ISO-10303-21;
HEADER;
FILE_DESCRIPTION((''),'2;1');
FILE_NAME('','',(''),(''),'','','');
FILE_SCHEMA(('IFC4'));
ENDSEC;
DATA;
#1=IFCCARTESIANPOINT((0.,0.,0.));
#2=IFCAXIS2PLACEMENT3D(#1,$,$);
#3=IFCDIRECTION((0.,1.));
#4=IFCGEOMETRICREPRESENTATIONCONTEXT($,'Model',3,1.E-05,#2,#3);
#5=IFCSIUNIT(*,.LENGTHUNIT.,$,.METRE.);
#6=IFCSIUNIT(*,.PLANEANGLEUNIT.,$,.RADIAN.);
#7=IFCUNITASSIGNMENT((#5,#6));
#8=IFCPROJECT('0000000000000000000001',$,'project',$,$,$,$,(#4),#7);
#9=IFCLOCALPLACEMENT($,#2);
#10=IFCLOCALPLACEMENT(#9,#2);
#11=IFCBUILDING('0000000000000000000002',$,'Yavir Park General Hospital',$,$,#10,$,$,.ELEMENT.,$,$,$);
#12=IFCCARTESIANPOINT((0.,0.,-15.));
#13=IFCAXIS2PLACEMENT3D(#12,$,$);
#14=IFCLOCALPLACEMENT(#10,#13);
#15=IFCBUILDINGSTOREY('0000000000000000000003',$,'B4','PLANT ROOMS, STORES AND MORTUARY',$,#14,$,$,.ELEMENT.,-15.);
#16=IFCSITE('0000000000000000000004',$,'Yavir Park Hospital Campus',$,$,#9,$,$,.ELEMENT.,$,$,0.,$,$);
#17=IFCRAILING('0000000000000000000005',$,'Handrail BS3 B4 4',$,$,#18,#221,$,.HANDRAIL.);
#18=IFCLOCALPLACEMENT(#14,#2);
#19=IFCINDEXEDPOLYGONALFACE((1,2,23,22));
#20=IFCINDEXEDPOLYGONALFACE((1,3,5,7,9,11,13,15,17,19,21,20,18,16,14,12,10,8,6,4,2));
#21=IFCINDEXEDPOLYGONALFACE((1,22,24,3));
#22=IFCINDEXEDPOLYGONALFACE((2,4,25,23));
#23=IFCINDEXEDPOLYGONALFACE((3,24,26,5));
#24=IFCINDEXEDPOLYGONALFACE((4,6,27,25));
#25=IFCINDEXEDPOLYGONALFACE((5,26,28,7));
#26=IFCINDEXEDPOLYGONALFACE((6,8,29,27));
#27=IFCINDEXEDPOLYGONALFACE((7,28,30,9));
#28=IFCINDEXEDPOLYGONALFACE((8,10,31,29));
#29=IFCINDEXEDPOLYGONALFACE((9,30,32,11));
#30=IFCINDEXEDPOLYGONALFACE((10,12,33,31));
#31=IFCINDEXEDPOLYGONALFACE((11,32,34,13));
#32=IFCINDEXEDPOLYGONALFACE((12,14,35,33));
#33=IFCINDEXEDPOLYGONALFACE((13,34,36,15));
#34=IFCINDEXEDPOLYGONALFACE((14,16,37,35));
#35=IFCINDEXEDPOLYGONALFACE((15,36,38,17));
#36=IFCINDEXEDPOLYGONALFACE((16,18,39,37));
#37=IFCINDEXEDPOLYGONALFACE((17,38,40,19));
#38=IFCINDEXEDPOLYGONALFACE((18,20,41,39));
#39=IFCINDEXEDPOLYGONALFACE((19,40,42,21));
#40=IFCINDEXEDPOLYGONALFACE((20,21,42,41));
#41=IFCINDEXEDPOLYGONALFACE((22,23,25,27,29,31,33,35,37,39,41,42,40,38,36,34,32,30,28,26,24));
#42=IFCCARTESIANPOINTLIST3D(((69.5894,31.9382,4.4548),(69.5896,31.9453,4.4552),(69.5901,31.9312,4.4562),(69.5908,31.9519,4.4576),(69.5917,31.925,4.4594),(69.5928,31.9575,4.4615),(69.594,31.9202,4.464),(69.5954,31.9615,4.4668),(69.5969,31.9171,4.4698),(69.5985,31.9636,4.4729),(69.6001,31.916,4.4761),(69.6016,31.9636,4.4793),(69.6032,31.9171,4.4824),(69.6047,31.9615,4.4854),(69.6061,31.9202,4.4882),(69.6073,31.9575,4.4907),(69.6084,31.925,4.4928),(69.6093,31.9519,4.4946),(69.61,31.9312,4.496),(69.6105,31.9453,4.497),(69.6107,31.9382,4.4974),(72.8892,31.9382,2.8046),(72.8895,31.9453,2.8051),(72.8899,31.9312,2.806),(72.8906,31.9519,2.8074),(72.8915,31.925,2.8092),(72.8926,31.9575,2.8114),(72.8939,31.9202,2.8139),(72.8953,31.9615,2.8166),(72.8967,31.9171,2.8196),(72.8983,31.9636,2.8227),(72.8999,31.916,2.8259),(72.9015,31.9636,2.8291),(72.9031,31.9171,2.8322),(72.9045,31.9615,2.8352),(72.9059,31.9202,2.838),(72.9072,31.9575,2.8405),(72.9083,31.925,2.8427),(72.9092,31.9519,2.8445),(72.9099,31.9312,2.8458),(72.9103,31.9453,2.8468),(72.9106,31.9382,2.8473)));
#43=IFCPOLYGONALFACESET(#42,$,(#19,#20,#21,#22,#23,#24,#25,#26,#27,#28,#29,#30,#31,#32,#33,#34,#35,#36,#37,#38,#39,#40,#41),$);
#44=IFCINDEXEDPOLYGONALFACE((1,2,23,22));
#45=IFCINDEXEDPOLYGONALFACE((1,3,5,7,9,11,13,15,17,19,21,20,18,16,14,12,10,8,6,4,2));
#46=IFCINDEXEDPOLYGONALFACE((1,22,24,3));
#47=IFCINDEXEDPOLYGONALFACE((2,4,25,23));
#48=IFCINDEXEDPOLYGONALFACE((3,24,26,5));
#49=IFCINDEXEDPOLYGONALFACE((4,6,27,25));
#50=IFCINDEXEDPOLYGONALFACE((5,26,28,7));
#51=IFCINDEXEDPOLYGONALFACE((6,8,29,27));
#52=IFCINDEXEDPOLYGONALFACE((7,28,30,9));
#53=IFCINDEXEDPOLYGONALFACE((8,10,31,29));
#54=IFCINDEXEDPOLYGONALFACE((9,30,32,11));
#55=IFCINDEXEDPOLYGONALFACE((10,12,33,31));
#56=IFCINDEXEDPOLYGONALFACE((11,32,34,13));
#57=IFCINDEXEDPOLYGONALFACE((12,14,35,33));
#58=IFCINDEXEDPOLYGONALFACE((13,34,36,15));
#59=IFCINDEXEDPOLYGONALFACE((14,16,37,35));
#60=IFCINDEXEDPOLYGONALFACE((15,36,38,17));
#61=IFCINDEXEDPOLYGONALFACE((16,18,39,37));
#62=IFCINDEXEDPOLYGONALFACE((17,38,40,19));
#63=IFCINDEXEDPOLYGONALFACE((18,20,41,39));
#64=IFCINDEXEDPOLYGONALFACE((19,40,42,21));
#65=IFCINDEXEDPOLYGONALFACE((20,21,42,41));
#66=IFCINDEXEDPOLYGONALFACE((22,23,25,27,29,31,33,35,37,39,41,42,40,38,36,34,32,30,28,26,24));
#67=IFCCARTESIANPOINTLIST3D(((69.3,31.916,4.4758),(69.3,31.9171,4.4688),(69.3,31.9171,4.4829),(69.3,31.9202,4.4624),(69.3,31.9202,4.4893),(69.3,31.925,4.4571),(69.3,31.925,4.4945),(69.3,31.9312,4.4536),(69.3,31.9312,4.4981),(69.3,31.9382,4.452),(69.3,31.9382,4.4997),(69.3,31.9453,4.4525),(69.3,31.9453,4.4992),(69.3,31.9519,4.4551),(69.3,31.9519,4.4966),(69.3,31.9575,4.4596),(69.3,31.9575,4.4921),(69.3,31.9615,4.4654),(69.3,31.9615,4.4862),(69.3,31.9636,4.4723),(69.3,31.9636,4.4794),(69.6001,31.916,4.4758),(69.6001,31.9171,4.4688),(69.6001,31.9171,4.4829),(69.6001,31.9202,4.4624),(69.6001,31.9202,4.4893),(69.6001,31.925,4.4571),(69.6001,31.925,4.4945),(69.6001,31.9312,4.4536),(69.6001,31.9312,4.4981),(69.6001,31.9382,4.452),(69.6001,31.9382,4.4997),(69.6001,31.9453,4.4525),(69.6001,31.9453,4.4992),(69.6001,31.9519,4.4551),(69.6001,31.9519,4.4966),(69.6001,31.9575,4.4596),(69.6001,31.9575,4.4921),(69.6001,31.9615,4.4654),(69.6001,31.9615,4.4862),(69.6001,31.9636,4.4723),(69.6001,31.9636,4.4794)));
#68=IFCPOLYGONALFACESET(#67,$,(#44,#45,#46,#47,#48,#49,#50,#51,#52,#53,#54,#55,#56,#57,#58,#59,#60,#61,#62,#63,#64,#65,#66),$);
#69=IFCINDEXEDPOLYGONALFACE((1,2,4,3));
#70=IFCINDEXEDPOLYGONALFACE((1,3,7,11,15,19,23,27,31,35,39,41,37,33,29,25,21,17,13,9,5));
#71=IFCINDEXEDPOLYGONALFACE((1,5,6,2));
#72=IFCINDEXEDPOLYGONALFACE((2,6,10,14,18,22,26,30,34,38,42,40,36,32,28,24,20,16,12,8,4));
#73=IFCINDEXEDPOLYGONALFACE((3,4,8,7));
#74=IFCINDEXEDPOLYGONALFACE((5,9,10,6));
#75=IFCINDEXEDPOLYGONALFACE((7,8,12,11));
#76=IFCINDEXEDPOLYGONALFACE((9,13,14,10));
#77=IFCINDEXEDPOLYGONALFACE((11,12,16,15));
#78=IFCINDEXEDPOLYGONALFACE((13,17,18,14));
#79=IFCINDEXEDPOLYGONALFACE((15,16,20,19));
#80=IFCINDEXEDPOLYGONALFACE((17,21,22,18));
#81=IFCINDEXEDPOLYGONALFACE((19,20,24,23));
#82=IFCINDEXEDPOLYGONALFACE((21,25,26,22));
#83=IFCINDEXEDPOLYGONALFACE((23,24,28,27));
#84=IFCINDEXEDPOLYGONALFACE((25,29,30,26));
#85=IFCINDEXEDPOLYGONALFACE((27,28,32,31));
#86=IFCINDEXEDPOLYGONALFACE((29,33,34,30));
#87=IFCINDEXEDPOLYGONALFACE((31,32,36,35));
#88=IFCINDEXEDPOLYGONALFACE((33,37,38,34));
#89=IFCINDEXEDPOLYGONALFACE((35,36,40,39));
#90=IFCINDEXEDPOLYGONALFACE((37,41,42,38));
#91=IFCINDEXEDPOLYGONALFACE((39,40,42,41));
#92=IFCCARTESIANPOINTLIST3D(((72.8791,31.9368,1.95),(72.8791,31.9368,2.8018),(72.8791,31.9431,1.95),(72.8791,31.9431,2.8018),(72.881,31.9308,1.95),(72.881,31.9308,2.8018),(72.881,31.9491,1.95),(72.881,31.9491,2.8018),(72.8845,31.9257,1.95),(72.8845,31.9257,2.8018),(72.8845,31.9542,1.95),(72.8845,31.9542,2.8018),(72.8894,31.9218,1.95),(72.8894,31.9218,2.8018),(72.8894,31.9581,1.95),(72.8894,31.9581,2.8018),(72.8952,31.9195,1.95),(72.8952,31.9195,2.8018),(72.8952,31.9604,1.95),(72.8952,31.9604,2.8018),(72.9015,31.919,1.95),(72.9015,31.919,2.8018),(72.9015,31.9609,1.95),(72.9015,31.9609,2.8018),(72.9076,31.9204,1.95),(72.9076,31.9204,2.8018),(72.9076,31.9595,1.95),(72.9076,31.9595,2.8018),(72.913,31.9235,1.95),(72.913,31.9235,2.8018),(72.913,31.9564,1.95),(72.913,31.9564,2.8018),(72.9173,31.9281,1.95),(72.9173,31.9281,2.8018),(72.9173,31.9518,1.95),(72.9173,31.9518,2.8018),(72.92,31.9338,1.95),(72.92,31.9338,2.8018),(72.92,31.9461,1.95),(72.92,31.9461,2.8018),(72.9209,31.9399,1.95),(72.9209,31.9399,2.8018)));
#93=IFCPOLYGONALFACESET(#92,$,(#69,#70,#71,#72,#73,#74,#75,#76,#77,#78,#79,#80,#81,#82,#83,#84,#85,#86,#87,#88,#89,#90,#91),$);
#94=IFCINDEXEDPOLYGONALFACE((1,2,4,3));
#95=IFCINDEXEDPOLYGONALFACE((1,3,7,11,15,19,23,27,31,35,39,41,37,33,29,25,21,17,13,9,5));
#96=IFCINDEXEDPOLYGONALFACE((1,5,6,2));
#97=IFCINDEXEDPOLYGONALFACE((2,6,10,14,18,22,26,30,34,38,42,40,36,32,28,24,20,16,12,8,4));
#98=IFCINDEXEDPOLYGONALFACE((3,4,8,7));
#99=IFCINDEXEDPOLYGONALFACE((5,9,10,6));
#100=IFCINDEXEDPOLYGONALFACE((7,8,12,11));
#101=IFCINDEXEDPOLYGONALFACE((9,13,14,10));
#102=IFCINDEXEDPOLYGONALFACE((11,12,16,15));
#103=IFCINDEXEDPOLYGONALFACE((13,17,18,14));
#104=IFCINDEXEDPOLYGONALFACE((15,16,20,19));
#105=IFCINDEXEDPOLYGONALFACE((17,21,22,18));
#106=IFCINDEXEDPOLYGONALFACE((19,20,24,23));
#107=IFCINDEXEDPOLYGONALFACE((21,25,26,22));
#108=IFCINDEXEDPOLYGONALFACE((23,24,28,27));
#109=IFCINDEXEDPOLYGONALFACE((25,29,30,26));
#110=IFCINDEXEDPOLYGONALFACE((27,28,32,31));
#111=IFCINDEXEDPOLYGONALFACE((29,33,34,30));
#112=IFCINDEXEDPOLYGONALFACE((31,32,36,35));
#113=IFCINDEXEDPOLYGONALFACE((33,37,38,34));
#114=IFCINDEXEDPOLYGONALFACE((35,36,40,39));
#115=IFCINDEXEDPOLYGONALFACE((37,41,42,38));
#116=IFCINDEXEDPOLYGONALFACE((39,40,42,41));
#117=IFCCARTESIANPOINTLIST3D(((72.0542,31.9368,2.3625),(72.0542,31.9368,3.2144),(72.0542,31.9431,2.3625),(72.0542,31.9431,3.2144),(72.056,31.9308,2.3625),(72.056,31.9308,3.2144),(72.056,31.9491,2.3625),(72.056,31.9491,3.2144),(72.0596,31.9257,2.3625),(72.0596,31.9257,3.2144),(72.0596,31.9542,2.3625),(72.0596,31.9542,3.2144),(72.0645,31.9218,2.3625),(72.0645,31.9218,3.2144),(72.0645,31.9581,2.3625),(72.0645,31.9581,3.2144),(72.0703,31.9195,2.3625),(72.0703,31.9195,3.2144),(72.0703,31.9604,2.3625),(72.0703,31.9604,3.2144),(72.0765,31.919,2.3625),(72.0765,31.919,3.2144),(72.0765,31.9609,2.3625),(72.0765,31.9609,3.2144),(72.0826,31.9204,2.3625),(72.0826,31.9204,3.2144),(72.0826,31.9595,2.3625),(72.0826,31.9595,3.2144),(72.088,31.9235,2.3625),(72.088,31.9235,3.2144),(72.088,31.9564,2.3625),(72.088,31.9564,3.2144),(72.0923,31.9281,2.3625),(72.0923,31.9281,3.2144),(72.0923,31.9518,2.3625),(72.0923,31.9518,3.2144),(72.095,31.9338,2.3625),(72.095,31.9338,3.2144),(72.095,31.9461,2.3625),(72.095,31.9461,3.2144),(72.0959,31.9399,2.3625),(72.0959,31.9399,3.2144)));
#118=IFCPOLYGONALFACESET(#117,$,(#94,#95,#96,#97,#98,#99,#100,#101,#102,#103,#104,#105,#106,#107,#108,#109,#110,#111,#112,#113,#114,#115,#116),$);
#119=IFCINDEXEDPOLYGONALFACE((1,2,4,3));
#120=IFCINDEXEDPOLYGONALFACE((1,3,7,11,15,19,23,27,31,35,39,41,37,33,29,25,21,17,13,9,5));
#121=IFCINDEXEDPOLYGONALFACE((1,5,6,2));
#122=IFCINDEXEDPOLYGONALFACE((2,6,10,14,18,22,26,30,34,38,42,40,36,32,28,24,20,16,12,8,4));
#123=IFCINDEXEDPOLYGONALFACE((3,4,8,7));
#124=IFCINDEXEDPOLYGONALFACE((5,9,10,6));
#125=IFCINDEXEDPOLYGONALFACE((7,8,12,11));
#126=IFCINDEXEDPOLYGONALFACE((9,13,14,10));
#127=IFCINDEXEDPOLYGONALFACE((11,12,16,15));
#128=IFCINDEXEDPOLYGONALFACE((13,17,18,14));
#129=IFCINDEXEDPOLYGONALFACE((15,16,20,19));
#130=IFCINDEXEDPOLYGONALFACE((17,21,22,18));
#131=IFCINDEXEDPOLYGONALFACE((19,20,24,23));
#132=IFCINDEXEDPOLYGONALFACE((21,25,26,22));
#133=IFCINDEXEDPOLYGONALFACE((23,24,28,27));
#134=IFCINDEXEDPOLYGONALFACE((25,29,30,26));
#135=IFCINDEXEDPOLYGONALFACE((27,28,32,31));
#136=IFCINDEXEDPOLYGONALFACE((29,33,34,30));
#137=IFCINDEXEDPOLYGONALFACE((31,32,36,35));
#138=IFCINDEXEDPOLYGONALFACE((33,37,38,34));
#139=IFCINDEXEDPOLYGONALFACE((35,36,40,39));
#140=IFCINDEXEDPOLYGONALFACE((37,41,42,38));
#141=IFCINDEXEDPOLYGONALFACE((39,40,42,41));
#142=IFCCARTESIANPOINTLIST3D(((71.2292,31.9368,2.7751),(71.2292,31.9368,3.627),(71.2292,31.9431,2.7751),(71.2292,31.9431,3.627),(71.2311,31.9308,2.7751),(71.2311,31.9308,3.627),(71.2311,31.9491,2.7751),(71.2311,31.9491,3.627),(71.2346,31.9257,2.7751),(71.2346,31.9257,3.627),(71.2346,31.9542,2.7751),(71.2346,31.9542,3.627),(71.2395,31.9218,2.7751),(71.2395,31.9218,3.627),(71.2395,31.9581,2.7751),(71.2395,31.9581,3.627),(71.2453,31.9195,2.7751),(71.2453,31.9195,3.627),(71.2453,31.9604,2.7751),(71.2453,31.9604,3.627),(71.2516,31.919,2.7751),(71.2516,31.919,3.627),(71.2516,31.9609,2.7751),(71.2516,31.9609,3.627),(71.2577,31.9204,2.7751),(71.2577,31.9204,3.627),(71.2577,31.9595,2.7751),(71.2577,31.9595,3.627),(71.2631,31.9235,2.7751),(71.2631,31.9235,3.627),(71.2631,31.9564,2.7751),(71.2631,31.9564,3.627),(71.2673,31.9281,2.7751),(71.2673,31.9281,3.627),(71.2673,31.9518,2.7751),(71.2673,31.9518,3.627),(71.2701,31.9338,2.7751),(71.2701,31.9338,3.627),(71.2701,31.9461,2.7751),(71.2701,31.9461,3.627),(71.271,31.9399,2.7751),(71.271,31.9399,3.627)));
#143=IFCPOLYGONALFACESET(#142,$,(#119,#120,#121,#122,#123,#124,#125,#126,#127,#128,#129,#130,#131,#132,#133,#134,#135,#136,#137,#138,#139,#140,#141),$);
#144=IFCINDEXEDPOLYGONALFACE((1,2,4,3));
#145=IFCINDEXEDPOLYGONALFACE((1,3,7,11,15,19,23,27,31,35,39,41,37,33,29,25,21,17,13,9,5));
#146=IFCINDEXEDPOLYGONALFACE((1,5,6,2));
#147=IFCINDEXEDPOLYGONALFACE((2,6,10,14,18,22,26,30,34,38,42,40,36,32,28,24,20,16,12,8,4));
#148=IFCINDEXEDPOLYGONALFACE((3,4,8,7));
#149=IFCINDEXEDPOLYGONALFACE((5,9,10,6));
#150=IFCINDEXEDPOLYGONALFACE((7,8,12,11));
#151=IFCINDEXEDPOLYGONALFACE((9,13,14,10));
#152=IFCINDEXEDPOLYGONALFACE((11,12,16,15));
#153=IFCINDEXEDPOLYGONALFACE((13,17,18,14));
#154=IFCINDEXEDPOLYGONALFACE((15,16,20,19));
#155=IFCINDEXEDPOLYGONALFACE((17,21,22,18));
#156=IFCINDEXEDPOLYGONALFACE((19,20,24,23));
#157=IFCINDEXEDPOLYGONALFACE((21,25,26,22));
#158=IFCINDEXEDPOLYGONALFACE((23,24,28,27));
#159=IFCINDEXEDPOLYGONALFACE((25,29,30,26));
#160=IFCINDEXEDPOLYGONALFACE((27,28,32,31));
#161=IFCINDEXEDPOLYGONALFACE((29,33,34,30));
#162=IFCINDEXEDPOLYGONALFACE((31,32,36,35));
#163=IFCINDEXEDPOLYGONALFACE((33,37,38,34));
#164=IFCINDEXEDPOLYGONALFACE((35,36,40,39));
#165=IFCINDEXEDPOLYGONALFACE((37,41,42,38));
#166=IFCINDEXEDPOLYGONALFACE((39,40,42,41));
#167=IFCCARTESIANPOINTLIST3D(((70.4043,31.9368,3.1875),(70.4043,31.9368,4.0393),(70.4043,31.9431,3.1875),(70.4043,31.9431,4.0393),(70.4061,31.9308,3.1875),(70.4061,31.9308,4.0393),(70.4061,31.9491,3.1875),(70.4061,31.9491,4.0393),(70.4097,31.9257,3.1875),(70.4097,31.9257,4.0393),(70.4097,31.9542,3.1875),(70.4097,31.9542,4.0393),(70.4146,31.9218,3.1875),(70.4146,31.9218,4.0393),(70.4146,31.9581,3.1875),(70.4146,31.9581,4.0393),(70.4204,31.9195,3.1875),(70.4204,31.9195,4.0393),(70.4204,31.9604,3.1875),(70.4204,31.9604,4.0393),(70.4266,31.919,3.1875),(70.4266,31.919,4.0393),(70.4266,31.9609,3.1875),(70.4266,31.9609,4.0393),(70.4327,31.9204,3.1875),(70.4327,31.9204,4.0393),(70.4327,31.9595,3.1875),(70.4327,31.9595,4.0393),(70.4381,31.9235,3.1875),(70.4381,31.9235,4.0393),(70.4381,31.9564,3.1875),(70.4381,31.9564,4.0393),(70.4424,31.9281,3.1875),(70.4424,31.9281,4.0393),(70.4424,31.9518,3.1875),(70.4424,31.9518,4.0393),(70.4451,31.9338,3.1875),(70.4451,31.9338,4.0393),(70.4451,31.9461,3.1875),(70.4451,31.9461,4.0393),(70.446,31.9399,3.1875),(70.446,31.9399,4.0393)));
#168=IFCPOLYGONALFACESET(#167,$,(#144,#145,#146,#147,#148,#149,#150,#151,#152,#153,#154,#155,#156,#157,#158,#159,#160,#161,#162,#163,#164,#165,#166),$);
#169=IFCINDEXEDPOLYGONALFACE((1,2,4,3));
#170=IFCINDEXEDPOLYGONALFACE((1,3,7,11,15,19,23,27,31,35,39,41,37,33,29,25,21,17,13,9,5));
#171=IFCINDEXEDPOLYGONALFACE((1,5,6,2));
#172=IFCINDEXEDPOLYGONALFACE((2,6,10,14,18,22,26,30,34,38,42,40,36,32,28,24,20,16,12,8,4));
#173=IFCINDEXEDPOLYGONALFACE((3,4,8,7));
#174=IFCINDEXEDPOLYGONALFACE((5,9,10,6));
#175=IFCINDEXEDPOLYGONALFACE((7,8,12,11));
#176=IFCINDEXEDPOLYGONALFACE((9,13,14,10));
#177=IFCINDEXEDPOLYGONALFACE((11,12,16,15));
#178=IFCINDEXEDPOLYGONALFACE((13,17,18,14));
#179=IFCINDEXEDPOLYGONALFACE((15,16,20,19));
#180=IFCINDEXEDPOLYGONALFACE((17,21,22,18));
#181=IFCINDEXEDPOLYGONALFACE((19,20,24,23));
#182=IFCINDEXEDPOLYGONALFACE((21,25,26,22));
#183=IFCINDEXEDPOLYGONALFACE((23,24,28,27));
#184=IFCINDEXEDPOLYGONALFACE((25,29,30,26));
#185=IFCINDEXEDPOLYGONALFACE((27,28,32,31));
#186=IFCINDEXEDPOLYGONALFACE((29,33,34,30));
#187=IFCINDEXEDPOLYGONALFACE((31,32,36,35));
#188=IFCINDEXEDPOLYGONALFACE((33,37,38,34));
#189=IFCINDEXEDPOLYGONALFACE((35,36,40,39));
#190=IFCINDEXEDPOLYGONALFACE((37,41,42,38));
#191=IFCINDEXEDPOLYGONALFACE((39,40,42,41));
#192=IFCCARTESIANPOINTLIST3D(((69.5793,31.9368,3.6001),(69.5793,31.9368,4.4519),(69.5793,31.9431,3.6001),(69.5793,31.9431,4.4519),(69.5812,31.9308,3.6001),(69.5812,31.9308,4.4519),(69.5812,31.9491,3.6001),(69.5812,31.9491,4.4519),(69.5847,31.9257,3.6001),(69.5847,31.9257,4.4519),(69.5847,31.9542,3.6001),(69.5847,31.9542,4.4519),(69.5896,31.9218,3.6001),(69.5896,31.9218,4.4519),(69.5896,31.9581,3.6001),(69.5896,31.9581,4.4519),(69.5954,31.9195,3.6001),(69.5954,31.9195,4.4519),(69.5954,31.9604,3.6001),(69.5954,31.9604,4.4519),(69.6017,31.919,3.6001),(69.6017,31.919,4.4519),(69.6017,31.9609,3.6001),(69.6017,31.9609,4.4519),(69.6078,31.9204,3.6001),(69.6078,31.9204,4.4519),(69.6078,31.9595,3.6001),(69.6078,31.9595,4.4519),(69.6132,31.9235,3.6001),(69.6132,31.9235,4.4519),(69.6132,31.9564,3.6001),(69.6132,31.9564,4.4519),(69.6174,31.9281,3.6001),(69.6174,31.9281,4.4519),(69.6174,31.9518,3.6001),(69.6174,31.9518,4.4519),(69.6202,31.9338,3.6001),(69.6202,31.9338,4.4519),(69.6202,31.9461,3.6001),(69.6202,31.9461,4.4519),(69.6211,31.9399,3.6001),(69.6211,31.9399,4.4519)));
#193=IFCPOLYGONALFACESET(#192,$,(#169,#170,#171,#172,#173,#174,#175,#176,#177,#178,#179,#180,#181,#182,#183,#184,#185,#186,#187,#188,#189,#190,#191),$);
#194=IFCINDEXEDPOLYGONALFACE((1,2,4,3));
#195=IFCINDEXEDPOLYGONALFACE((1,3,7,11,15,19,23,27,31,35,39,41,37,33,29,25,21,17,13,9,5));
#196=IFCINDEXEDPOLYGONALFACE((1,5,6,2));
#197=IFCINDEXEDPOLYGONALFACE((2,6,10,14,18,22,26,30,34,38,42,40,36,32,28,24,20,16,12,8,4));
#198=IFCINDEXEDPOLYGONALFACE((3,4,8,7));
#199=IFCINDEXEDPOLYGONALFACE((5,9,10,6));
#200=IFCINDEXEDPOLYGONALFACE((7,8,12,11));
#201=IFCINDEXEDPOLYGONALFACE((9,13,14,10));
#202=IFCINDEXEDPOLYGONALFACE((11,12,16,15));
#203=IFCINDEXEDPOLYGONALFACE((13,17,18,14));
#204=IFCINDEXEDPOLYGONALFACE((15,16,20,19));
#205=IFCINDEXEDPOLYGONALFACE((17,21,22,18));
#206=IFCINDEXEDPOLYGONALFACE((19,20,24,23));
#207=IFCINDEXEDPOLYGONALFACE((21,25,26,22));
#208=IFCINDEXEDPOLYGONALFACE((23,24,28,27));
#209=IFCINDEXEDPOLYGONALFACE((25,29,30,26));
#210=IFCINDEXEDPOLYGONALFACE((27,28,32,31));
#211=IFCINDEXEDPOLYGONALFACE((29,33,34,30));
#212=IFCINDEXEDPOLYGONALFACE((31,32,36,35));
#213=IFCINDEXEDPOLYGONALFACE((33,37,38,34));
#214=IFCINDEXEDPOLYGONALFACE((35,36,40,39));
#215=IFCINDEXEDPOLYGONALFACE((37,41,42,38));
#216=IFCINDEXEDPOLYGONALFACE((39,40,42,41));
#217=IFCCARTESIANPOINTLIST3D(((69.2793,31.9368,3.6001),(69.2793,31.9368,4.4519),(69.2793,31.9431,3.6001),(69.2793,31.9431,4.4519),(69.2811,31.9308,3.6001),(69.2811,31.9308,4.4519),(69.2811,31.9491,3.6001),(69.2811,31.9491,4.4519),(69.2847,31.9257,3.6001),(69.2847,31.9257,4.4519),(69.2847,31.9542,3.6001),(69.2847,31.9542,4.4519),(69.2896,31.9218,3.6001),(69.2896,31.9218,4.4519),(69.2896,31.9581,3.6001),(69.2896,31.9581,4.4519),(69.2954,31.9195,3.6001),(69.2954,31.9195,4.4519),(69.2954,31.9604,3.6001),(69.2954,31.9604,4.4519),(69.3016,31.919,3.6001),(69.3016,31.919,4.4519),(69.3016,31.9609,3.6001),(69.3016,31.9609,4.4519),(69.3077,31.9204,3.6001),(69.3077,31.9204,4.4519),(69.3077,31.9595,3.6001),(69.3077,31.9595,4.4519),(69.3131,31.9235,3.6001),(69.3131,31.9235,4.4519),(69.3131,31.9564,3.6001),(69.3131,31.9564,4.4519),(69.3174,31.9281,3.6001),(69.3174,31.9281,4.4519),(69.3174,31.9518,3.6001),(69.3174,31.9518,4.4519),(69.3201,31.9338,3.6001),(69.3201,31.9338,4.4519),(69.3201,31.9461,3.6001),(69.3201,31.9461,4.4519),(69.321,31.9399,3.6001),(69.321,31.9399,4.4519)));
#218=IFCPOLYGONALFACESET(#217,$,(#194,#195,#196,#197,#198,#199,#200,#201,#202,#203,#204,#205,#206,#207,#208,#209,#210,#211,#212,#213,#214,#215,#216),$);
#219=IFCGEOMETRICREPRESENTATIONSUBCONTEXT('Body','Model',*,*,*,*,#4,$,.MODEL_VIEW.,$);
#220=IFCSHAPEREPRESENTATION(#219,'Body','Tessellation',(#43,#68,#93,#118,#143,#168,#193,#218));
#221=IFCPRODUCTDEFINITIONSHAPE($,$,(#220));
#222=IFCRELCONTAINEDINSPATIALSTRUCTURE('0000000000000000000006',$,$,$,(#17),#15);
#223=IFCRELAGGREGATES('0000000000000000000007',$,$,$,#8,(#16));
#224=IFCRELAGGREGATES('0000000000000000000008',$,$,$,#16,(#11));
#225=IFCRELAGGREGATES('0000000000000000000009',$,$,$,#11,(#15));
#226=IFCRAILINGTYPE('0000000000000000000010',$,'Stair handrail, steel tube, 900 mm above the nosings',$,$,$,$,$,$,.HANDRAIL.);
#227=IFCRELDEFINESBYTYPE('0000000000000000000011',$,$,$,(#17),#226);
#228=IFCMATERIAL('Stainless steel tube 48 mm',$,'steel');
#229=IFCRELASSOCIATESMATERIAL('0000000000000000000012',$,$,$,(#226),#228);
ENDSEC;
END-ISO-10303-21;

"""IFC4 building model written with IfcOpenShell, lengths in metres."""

from ifc_helpers import new_model, si_unit, direction, frame, origin, origin_2d, place, context, subcontext, project, spatial, circle, extrude, material, type_object, element, save


model = new_model("IFC4")

# Units and contexts
model_context = context("Model", 3, precision=1e-05, world=origin(), true_north=direction((0.0, 1.0)))
body_context = subcontext(model_context, "Body", "Model", "MODEL_VIEW")
ifc_project = project(units=[si_unit("LENGTHUNIT", "METRE"), si_unit("PLANEANGLEUNIT", "RADIAN")], contexts=[model_context])

# Site, building, storey
site_placement = place(None, origin())
site = spatial("IfcSite", under=ifc_project, at=site_placement, Name="Yavir Park Hospital Campus", CompositionType="ELEMENT", RefElevation=0.0)
building_placement = place(site_placement, origin())
building = spatial("IfcBuilding", under=site, at=building_placement, Name="Yavir Park General Hospital", CompositionType="ELEMENT")
storey_placement = place(building_placement, frame((0.0, 0.0, -15.0)))
storey = spatial("IfcBuildingStorey", under=building, at=storey_placement, Name="B4", Description="PLANT ROOMS, STORES AND MORTUARY", CompositionType="ELEMENT", Elevation=-15.0)

# Railing
ifc_material_1 = material(Name="Stainless steel tube 48 mm", Category="steel")
railing_type = type_object("IfcRailingType", Name="Stair handrail, steel tube, 900 mm above the nosings", PredefinedType="HANDRAIL", material=ifc_material_1)
railing_placement = place(storey_placement, frame((72.8999, 31.9399, 1.95)))
element("IfcRailing", 1, at=railing_placement, inside=storey, type_object=railing_type, Name="Handrail BS3 B4 4", PredefinedType="HANDRAIL", context=body_context, shape_type="SweptSolid", body=[
    extrude(circle(Radius=0.0239, at=origin_2d()), frame((0.0, 0.0, 0.876), z_axis=(-0.894401, 0.0, 0.447267), x_axis=(0.0, -1.0, 0.0)), (0.0, 0.0, 1.0), 3.6895),
    extrude(circle(Radius=0.0239, at=origin_2d()), frame((-3.2998, 0.0, 2.5259), z_axis=(-1.0, 0.0, 0.0), x_axis=(0.0, -1.0, 0.0)), (0.0, 0.0, 1.0), 0.3),
    extrude(circle(Radius=0.021, at=origin_2d()), origin(), (0.0, 0.0, 1.0), 0.8518),
    extrude(circle(Radius=0.021, at=origin_2d()), frame((-0.825, 0.0, 0.4126)), (0.0, 0.0, 1.0), 0.8518),
    extrude(circle(Radius=0.021, at=origin_2d()), frame((-1.6499, 0.0, 0.8252)), (0.0, 0.0, 1.0), 0.8518),
    extrude(circle(Radius=0.021, at=origin_2d()), frame((-2.4749, 0.0, 1.2375)), (0.0, 0.0, 1.0), 0.8518),
    extrude(circle(Radius=0.021, at=origin_2d()), frame((-3.2998, 0.0, 1.6501)), (0.0, 0.0, 1.0), 0.8518),
    extrude(circle(Radius=0.021, at=origin_2d()), frame((-3.5999, 0.0, 1.6501)), (0.0, 0.0, 1.0), 0.8518),
])

save(model, "model.ifc")
